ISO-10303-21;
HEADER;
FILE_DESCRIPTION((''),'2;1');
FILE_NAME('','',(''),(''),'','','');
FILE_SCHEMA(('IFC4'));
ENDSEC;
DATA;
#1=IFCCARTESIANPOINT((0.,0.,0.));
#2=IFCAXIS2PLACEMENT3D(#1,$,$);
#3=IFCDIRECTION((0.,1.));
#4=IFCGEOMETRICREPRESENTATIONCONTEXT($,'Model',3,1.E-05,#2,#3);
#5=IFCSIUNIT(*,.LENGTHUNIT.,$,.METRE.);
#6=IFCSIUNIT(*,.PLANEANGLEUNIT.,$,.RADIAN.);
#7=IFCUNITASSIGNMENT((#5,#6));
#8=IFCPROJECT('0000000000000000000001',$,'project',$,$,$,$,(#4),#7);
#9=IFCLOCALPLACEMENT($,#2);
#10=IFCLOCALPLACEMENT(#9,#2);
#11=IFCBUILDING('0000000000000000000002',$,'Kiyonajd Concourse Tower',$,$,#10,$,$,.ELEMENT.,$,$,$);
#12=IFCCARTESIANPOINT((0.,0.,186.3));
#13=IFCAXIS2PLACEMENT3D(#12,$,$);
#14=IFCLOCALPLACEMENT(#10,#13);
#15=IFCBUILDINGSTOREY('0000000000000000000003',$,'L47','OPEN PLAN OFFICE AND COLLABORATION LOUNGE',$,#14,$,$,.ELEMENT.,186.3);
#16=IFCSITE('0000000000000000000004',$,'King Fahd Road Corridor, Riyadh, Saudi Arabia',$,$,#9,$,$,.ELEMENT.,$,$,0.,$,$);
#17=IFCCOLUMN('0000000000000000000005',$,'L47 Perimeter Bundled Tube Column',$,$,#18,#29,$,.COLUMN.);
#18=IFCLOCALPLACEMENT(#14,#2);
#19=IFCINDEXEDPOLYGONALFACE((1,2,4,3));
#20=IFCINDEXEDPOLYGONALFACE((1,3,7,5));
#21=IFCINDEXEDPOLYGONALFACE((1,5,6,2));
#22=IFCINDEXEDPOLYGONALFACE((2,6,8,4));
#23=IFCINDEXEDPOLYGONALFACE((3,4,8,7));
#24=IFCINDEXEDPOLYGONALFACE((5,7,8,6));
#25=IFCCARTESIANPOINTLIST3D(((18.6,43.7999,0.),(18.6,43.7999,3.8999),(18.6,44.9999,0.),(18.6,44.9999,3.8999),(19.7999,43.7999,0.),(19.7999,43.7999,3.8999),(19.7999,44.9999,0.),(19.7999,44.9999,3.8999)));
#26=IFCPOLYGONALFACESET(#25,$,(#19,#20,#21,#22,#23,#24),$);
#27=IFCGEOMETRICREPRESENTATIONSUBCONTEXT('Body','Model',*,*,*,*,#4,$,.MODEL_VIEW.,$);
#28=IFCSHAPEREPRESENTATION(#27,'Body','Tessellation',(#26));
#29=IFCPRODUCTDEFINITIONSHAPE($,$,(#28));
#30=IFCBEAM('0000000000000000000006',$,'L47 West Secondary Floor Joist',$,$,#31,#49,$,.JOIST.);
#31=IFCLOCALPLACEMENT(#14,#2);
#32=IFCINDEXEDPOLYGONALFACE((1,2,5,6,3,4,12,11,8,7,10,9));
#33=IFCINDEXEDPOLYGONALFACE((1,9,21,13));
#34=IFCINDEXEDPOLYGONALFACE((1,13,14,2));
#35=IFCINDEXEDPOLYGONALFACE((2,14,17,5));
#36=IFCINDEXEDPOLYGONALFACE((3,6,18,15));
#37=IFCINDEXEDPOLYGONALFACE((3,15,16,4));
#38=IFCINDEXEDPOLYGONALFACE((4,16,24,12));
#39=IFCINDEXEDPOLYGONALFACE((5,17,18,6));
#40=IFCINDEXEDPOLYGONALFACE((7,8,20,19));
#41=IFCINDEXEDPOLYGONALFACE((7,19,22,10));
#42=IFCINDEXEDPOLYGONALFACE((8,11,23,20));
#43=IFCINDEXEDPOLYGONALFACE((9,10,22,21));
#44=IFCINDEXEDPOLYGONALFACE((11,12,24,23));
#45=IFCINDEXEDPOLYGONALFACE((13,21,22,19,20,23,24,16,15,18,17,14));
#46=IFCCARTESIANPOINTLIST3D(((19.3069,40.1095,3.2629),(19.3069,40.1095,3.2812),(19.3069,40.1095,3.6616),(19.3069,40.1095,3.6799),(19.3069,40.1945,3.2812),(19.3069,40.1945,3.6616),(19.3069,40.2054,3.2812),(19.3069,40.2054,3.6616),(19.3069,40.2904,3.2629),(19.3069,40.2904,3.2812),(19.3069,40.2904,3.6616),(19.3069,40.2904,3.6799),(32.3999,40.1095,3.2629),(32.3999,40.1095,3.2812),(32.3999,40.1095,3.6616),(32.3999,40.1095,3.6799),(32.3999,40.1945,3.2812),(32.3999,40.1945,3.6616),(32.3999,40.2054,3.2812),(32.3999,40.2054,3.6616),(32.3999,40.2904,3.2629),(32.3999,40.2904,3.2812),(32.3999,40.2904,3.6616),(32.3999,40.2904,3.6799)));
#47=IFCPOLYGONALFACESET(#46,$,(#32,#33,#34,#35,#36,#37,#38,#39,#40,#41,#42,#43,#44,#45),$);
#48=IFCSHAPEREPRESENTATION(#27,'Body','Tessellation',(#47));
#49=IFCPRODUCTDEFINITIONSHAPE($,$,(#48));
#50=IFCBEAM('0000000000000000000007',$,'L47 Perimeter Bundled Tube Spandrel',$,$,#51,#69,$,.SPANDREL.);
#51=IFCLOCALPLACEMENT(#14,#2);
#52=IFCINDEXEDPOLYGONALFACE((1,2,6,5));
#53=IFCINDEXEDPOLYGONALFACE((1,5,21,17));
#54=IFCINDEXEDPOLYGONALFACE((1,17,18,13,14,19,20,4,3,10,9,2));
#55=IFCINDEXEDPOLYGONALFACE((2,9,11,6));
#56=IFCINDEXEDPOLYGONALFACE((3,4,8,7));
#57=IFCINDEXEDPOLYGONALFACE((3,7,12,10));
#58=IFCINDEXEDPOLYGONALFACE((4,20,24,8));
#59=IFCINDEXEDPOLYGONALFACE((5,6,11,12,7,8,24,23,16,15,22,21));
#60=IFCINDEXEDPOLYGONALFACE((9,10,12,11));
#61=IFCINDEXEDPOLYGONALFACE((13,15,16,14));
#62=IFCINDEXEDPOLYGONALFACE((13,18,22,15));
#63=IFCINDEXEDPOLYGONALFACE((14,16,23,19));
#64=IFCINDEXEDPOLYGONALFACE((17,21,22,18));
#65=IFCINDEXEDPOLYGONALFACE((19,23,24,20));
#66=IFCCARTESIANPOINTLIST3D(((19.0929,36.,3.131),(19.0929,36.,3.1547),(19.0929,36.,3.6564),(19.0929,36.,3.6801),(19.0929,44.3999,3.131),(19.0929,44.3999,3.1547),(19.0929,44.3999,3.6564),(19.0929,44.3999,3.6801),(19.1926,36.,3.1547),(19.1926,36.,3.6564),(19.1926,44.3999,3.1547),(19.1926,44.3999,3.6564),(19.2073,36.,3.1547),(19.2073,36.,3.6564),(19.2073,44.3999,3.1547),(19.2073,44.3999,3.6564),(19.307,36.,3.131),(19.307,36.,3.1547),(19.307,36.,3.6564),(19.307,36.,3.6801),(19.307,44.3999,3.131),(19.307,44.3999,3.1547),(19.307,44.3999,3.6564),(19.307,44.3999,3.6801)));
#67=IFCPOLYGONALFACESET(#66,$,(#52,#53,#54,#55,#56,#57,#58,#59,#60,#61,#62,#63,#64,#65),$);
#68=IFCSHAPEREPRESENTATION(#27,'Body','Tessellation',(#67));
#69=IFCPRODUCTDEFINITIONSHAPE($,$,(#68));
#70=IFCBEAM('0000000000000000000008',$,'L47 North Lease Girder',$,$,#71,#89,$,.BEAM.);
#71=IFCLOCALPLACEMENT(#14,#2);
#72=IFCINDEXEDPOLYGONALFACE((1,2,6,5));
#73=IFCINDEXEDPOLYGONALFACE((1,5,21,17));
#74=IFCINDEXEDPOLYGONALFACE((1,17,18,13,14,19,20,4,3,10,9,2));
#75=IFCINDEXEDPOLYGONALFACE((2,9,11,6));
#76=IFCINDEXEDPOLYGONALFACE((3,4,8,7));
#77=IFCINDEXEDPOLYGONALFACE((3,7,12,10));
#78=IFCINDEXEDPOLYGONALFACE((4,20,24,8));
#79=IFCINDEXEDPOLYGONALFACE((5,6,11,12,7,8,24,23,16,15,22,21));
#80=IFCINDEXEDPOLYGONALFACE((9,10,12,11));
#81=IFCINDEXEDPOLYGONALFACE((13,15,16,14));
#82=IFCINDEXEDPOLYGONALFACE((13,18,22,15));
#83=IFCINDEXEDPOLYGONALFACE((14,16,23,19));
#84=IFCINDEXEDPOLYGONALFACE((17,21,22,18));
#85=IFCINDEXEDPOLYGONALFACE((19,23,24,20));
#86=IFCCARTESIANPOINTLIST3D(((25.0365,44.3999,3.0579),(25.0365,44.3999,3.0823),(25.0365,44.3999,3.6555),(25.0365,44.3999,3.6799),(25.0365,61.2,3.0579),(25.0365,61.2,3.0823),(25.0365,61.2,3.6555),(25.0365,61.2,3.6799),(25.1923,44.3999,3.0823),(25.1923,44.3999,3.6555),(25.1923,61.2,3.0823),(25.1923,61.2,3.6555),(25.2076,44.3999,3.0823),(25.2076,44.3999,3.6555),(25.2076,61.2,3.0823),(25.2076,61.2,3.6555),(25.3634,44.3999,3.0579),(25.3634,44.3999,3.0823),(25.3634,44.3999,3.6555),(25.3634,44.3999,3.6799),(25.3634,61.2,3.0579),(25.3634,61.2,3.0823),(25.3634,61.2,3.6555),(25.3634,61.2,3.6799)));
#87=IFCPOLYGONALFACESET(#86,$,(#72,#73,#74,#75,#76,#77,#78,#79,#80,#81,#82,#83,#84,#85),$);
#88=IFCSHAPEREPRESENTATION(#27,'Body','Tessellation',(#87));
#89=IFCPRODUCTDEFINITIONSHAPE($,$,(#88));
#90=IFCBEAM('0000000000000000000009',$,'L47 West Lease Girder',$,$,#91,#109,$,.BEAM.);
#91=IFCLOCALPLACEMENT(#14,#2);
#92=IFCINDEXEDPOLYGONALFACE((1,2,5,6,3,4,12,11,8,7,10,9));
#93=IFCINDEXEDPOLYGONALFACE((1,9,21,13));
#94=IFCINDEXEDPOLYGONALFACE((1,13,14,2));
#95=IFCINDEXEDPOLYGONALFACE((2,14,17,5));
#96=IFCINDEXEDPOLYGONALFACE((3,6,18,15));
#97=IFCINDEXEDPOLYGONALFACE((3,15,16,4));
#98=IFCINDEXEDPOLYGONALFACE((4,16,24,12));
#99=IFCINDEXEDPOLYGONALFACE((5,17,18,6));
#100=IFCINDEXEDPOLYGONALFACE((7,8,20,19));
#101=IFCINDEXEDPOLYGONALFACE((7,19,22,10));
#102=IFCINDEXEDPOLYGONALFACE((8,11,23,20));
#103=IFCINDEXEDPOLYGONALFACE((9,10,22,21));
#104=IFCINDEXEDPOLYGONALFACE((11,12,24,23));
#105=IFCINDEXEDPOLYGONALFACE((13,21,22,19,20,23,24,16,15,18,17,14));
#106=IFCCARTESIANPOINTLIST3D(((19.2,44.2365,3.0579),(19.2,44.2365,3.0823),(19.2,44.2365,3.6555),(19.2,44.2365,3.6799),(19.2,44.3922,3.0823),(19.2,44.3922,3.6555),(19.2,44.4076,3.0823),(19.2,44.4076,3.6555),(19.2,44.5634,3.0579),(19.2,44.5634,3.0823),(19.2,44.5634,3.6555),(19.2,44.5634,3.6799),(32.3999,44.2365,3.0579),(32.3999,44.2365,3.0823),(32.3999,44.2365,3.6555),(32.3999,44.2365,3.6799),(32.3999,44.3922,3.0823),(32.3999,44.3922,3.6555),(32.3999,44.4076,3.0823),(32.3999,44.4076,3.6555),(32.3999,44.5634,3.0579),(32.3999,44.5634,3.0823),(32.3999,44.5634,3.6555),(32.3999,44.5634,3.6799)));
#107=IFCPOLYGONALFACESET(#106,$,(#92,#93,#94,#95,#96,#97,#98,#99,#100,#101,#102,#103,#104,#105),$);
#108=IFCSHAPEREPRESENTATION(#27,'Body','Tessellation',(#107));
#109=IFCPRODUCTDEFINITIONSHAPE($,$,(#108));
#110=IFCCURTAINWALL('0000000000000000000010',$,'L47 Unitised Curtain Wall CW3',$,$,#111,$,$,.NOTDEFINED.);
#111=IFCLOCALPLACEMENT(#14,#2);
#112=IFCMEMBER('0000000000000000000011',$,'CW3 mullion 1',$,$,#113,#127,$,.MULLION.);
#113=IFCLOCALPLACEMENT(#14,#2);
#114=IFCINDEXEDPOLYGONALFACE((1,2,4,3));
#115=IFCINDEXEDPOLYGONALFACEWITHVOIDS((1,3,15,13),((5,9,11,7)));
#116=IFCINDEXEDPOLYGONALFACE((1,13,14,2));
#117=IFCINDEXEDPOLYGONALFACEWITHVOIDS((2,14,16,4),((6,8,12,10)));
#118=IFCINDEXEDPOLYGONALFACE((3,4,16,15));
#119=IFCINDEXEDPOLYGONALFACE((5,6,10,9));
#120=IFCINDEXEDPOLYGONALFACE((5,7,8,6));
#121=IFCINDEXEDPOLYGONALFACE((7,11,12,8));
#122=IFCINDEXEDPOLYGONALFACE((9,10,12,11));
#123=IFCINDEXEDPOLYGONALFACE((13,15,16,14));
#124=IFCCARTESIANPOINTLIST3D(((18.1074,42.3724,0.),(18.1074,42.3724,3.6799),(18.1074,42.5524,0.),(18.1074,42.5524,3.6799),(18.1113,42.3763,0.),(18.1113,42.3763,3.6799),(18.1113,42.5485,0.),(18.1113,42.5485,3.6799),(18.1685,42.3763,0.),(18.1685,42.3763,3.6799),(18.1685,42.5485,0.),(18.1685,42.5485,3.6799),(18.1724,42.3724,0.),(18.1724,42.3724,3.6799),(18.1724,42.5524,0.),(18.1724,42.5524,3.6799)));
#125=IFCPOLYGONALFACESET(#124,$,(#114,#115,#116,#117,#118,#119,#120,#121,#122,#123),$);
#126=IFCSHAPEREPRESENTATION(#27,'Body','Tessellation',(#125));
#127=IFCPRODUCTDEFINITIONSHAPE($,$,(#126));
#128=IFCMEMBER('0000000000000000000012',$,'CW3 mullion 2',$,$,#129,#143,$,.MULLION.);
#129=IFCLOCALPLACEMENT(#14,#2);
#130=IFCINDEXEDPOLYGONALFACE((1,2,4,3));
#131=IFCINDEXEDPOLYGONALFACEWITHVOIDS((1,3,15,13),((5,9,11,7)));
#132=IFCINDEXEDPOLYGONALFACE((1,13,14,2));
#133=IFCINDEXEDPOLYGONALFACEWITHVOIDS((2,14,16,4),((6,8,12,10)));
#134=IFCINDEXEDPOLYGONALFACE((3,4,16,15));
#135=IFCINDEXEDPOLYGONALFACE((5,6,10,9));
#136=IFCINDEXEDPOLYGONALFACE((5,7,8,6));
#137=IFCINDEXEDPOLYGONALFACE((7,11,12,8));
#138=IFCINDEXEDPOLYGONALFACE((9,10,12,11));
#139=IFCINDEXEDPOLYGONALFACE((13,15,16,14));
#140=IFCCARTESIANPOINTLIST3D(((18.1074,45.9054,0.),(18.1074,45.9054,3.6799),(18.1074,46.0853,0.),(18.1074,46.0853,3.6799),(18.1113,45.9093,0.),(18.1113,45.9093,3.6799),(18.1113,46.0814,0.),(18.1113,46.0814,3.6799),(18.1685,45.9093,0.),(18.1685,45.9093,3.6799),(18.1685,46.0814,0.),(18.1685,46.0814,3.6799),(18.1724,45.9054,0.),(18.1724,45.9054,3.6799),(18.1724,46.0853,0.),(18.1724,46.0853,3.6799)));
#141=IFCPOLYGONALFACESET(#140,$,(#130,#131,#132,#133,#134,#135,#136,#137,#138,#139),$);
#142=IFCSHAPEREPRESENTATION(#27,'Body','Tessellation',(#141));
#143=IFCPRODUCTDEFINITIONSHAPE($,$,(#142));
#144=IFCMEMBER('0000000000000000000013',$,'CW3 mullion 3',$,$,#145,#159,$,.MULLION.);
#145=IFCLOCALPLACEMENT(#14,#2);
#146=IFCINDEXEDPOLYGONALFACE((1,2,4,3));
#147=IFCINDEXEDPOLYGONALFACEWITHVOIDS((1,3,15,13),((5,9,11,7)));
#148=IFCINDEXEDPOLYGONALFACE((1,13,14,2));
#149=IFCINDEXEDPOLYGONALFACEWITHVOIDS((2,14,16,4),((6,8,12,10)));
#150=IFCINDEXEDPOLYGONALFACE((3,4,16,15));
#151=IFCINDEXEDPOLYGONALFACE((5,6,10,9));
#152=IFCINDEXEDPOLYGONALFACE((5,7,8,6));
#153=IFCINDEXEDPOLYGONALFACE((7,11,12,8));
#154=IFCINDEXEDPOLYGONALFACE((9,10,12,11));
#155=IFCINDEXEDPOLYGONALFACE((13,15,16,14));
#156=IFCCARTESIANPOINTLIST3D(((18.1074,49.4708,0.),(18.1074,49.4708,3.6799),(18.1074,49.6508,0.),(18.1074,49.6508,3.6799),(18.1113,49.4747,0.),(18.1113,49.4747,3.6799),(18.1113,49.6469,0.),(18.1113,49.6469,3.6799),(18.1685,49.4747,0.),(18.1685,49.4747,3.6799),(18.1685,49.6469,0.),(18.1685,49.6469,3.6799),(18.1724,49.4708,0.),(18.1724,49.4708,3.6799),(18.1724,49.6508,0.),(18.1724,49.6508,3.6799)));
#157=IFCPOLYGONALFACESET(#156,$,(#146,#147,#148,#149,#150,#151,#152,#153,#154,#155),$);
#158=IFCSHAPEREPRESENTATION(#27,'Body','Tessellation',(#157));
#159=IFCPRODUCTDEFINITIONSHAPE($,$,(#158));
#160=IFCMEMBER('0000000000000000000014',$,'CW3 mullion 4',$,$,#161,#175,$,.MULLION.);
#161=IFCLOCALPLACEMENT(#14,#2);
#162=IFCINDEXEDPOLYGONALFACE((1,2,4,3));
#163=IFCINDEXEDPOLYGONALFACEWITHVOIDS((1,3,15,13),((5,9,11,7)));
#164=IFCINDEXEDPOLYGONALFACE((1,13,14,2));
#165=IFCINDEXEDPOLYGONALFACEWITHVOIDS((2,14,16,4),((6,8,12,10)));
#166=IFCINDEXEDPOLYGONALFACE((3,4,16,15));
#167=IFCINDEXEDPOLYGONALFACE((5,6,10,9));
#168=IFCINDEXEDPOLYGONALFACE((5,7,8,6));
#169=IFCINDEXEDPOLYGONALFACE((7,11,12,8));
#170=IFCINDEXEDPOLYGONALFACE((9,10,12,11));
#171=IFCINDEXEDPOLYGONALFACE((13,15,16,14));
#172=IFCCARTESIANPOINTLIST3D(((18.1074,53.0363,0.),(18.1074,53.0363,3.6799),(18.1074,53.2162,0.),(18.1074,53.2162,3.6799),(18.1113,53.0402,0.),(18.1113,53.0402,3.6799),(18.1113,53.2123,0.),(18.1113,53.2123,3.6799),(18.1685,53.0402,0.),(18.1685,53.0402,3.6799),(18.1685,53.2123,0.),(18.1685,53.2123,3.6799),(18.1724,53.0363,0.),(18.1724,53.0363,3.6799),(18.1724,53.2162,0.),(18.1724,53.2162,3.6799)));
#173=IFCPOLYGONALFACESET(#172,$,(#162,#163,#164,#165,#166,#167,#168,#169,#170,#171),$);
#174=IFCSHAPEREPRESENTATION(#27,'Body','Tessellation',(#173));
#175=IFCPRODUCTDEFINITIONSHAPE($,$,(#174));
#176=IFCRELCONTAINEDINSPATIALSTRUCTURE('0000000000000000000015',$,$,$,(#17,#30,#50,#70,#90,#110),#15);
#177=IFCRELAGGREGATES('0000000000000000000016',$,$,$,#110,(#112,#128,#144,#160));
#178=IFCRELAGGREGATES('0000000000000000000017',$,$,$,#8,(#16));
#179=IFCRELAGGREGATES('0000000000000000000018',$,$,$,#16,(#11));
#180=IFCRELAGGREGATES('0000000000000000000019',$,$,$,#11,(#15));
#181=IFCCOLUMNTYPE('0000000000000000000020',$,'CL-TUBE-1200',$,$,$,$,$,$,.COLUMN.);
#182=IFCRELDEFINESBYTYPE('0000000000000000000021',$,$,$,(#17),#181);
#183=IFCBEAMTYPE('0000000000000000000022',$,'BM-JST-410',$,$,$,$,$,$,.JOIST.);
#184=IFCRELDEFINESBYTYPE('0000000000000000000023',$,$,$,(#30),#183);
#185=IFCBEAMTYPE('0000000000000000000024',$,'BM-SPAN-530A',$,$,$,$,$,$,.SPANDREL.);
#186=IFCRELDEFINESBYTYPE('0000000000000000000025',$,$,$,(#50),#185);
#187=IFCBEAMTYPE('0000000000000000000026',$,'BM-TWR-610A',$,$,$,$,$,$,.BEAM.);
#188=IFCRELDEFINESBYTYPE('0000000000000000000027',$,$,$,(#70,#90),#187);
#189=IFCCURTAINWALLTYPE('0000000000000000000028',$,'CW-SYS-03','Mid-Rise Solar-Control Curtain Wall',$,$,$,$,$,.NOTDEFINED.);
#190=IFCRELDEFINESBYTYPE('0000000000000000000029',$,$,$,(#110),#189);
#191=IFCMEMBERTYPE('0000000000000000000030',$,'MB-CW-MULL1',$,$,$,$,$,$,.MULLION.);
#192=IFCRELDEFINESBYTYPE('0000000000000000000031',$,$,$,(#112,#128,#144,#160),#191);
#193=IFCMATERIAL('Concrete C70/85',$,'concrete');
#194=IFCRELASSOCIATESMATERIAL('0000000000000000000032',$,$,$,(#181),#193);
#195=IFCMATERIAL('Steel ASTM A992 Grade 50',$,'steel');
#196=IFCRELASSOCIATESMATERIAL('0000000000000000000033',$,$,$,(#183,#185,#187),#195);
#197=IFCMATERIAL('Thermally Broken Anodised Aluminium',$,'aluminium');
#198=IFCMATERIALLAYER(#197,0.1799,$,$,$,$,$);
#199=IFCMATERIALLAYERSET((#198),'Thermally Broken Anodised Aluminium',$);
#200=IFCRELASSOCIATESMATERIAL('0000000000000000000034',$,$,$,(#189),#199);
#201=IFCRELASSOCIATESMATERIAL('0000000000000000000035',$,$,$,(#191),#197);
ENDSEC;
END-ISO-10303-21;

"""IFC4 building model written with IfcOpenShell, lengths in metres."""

from ifc_helpers import new_model, si_unit, direction, frame, origin, origin_2d, place, context, subcontext, project, spatial, rectangle, hollow_rectangle, i_section, extrude, material, layer, layer_set, material_profile, profile_set, type_object, element, aggregate, save


model = new_model("IFC4")

# Units and contexts
model_context = context("Model", 3, precision=1e-05, world=origin(), true_north=direction((0.0, 1.0)))
body_context = subcontext(model_context, "Body", "Model", "MODEL_VIEW")
ifc_project = project(units=[si_unit("LENGTHUNIT", "METRE"), si_unit("PLANEANGLEUNIT", "RADIAN")], contexts=[model_context])

# Site, building, storey
site_placement = place(None, origin())
site = spatial("IfcSite", under=ifc_project, at=site_placement, Name="King Fahd Road Corridor, Riyadh, Saudi Arabia", CompositionType="ELEMENT", RefElevation=0.0)
building_placement = place(site_placement, origin())
building = spatial("IfcBuilding", under=site, at=building_placement, Name="Kiyonajd Concourse Tower", CompositionType="ELEMENT")
storey_placement = place(building_placement, frame((0.0, 0.0, 186.3)))
storey = spatial("IfcBuildingStorey", under=building, at=storey_placement, Name="L47", Description="OPEN PLAN OFFICE AND COLLABORATION LOUNGE", CompositionType="ELEMENT", Elevation=186.3)

# Column
ifc_material_1 = material(Name="Concrete C70/85", Category="concrete")
ifc_material_profile_1 = material_profile(ifc_material_1, rectangle(XDim=1.2, YDim=1.2, at=origin_2d()), Name="RC-1200x1200")
ifc_profile_set_1 = profile_set([ifc_material_profile_1], Name="Concrete C70/85")
column_type = type_object("IfcColumnType", Name="CL-TUBE-1200", PredefinedType="COLUMN", material=ifc_profile_set_1)
column_placement = place(storey_placement, frame((19.2, 44.3999, 0.0), z_axis=(0.0, 0.0, 1.0), x_axis=(1.0, 0.0, 0.0)))
element("IfcColumn", 1, at=column_placement, inside=storey, type_object=column_type, Name="L47 Perimeter Bundled Tube Column", PredefinedType="COLUMN", context=body_context, shape_type="SweptSolid", body=[
    extrude(rectangle(XDim=1.2, YDim=1.2, at=origin_2d()), origin(), (0.0, 0.0, 1.0), 3.8999),
])

# Beams
ifc_material_2 = material(Name="Steel ASTM A992 Grade 50", Category="steel")
ifc_material_profile_2 = material_profile(ifc_material_2, i_section(OverallWidth=0.1809, OverallDepth=0.417, WebThickness=0.011, FlangeThickness=0.0183, at=origin_2d()), Name="W410X85")
ifc_profile_set_2 = profile_set([ifc_material_profile_2], Name="Steel ASTM A992 Grade 50")
beam_type_1 = type_object("IfcBeamType", Name="BM-JST-410", PredefinedType="JOIST", material=ifc_profile_set_2)
beam_1_placement = place(storey_placement, frame((19.3069, 40.2, 3.4714), z_axis=(1.0, 0.0, 0.0), x_axis=(0.0, 1.0, 0.0)))
element("IfcBeam", 2, at=beam_1_placement, inside=storey, type_object=beam_type_1, Name="L47 West Secondary Floor Joist", PredefinedType="JOIST", context=body_context, shape_type="SweptSolid", body=[
    extrude(i_section(OverallWidth=0.1809, OverallDepth=0.417, WebThickness=0.011, FlangeThickness=0.0183, at=origin_2d()), origin(), (0.0, 0.0, 1.0), 13.093),
])
ifc_material_profile_3 = material_profile(ifc_material_2, i_section(OverallWidth=0.2141, OverallDepth=0.5491, WebThickness=0.0146, FlangeThickness=0.0237, at=origin_2d()), Name="W530X138")
ifc_profile_set_3 = profile_set([ifc_material_profile_3], Name="Steel ASTM A992 Grade 50")
beam_type_2 = type_object("IfcBeamType", Name="BM-SPAN-530A", PredefinedType="SPANDREL", material=ifc_profile_set_3)
beam_2_placement = place(storey_placement, frame((19.2, 44.3999, 3.4055), z_axis=(0.0, -1.0, 0.0), x_axis=(1.0, 0.0, 0.0)))
element("IfcBeam", 3, at=beam_2_placement, inside=storey, type_object=beam_type_2, Name="L47 Perimeter Bundled Tube Spandrel", PredefinedType="SPANDREL", context=body_context, shape_type="SweptSolid", body=[
    extrude(i_section(OverallWidth=0.2141, OverallDepth=0.5491, WebThickness=0.0146, FlangeThickness=0.0237, at=origin_2d()), origin(), (0.0, 0.0, 1.0), 8.3999),
])
ifc_material_profile_4 = material_profile(ifc_material_2, i_section(OverallWidth=0.3269, OverallDepth=0.6221, WebThickness=0.0154, FlangeThickness=0.0244, at=origin_2d()), Name="W610X195")
ifc_profile_set_4 = profile_set([ifc_material_profile_4], Name="Steel ASTM A992 Grade 50")
beam_type_3 = type_object("IfcBeamType", Name="BM-TWR-610A", PredefinedType="BEAM", material=ifc_profile_set_4)
beam_3_placement = place(storey_placement, frame((25.2, 44.3999, 3.3689), z_axis=(0.0, 1.0, 0.0), x_axis=(-1.0, 0.0, 0.0)))
element("IfcBeam", 4, at=beam_3_placement, inside=storey, type_object=beam_type_3, Name="L47 North Lease Girder", PredefinedType="BEAM", context=body_context, shape_type="SweptSolid", body=[
    extrude(i_section(OverallWidth=0.3269, OverallDepth=0.6221, WebThickness=0.0154, FlangeThickness=0.0244, at=origin_2d()), origin(), (0.0, 0.0, 1.0), 16.8),
])
beam_4_placement = place(storey_placement, frame((19.2, 44.3999, 3.3689), z_axis=(1.0, 0.0, 0.0), x_axis=(0.0, 1.0, 0.0)))
element("IfcBeam", 5, at=beam_4_placement, inside=storey, type_object=beam_type_3, Name="L47 West Lease Girder", PredefinedType="BEAM", context=body_context, shape_type="SweptSolid", body=[
    extrude(i_section(OverallWidth=0.3269, OverallDepth=0.6221, WebThickness=0.0154, FlangeThickness=0.0244, at=origin_2d()), origin(), (0.0, 0.0, 1.0), 13.2),
])

# Curtain wall, members
ifc_material_3 = material(Name="Thermally Broken Anodised Aluminium", Category="aluminium")
ifc_layer_1 = layer(ifc_material_3, 0.1799)
ifc_layer_set_1 = layer_set([ifc_layer_1], Name="Thermally Broken Anodised Aluminium")
curtain_wall_type = type_object("IfcCurtainWallType", Name="CW-SYS-03", Description="Mid-Rise Solar-Control Curtain Wall", PredefinedType="NOTDEFINED", material=ifc_layer_set_1)
curtain_wall_placement = place(storey_placement, origin())
curtain_wall = element("IfcCurtainWall", 6, at=curtain_wall_placement, inside=storey, type_object=curtain_wall_type, Name="L47 Unitised Curtain Wall CW3", PredefinedType="NOTDEFINED")
ifc_material_profile_5 = material_profile(ifc_material_3, hollow_rectangle(XDim=0.0649, YDim=0.1799, WallThickness=0.0039, at=origin_2d()), Name="MULL-65x180")
ifc_profile_set_5 = profile_set([ifc_material_profile_5], Name="Thermally Broken Anodised Aluminium")
member_type_1 = type_object("IfcMemberType", Name="MB-CW-MULL1", PredefinedType="MULLION", material=ifc_profile_set_5)
member_1_placement = place(storey_placement, frame((18.1399, 42.4624, 0.0), z_axis=(0.0, 0.0, 1.0), x_axis=(-1.0, 0.0, 0.0)))
member_1 = element("IfcMember", 7, at=member_1_placement, type_object=member_type_1, Name="CW3 mullion 1", PredefinedType="MULLION", context=body_context, shape_type="SweptSolid", body=[
    extrude(hollow_rectangle(XDim=0.0649, YDim=0.1799, WallThickness=0.0039, at=origin_2d()), origin(), (0.0, 0.0, 1.0), 3.6799),
])
member_2_placement = place(storey_placement, frame((18.1399, 45.9954, 0.0), z_axis=(0.0, 0.0, 1.0), x_axis=(-1.0, 0.0, 0.0)))
member_2 = element("IfcMember", 8, at=member_2_placement, type_object=member_type_1, Name="CW3 mullion 2", PredefinedType="MULLION", context=body_context, shape_type="SweptSolid", body=[
    extrude(hollow_rectangle(XDim=0.0649, YDim=0.1799, WallThickness=0.0039, at=origin_2d()), origin(), (0.0, 0.0, 1.0), 3.6799),
])
member_3_placement = place(storey_placement, frame((18.1399, 49.5608, 0.0), z_axis=(0.0, 0.0, 1.0), x_axis=(-1.0, 0.0, 0.0)))
member_3 = element("IfcMember", 9, at=member_3_placement, type_object=member_type_1, Name="CW3 mullion 3", PredefinedType="MULLION", context=body_context, shape_type="SweptSolid", body=[
    extrude(hollow_rectangle(XDim=0.0649, YDim=0.1799, WallThickness=0.0039, at=origin_2d()), origin(), (0.0, 0.0, 1.0), 3.6799),
])
member_4_placement = place(storey_placement, frame((18.1399, 53.1262, 0.0), z_axis=(0.0, 0.0, 1.0), x_axis=(-1.0, 0.0, 0.0)))
member_4 = element("IfcMember", 10, at=member_4_placement, type_object=member_type_1, Name="CW3 mullion 4", PredefinedType="MULLION", context=body_context, shape_type="SweptSolid", body=[
    extrude(hollow_rectangle(XDim=0.0649, YDim=0.1799, WallThickness=0.0039, at=origin_2d()), origin(), (0.0, 0.0, 1.0), 3.6799),
])

aggregate(curtain_wall, [member_1, member_2, member_3, member_4])

save(model, "model.ifc")
